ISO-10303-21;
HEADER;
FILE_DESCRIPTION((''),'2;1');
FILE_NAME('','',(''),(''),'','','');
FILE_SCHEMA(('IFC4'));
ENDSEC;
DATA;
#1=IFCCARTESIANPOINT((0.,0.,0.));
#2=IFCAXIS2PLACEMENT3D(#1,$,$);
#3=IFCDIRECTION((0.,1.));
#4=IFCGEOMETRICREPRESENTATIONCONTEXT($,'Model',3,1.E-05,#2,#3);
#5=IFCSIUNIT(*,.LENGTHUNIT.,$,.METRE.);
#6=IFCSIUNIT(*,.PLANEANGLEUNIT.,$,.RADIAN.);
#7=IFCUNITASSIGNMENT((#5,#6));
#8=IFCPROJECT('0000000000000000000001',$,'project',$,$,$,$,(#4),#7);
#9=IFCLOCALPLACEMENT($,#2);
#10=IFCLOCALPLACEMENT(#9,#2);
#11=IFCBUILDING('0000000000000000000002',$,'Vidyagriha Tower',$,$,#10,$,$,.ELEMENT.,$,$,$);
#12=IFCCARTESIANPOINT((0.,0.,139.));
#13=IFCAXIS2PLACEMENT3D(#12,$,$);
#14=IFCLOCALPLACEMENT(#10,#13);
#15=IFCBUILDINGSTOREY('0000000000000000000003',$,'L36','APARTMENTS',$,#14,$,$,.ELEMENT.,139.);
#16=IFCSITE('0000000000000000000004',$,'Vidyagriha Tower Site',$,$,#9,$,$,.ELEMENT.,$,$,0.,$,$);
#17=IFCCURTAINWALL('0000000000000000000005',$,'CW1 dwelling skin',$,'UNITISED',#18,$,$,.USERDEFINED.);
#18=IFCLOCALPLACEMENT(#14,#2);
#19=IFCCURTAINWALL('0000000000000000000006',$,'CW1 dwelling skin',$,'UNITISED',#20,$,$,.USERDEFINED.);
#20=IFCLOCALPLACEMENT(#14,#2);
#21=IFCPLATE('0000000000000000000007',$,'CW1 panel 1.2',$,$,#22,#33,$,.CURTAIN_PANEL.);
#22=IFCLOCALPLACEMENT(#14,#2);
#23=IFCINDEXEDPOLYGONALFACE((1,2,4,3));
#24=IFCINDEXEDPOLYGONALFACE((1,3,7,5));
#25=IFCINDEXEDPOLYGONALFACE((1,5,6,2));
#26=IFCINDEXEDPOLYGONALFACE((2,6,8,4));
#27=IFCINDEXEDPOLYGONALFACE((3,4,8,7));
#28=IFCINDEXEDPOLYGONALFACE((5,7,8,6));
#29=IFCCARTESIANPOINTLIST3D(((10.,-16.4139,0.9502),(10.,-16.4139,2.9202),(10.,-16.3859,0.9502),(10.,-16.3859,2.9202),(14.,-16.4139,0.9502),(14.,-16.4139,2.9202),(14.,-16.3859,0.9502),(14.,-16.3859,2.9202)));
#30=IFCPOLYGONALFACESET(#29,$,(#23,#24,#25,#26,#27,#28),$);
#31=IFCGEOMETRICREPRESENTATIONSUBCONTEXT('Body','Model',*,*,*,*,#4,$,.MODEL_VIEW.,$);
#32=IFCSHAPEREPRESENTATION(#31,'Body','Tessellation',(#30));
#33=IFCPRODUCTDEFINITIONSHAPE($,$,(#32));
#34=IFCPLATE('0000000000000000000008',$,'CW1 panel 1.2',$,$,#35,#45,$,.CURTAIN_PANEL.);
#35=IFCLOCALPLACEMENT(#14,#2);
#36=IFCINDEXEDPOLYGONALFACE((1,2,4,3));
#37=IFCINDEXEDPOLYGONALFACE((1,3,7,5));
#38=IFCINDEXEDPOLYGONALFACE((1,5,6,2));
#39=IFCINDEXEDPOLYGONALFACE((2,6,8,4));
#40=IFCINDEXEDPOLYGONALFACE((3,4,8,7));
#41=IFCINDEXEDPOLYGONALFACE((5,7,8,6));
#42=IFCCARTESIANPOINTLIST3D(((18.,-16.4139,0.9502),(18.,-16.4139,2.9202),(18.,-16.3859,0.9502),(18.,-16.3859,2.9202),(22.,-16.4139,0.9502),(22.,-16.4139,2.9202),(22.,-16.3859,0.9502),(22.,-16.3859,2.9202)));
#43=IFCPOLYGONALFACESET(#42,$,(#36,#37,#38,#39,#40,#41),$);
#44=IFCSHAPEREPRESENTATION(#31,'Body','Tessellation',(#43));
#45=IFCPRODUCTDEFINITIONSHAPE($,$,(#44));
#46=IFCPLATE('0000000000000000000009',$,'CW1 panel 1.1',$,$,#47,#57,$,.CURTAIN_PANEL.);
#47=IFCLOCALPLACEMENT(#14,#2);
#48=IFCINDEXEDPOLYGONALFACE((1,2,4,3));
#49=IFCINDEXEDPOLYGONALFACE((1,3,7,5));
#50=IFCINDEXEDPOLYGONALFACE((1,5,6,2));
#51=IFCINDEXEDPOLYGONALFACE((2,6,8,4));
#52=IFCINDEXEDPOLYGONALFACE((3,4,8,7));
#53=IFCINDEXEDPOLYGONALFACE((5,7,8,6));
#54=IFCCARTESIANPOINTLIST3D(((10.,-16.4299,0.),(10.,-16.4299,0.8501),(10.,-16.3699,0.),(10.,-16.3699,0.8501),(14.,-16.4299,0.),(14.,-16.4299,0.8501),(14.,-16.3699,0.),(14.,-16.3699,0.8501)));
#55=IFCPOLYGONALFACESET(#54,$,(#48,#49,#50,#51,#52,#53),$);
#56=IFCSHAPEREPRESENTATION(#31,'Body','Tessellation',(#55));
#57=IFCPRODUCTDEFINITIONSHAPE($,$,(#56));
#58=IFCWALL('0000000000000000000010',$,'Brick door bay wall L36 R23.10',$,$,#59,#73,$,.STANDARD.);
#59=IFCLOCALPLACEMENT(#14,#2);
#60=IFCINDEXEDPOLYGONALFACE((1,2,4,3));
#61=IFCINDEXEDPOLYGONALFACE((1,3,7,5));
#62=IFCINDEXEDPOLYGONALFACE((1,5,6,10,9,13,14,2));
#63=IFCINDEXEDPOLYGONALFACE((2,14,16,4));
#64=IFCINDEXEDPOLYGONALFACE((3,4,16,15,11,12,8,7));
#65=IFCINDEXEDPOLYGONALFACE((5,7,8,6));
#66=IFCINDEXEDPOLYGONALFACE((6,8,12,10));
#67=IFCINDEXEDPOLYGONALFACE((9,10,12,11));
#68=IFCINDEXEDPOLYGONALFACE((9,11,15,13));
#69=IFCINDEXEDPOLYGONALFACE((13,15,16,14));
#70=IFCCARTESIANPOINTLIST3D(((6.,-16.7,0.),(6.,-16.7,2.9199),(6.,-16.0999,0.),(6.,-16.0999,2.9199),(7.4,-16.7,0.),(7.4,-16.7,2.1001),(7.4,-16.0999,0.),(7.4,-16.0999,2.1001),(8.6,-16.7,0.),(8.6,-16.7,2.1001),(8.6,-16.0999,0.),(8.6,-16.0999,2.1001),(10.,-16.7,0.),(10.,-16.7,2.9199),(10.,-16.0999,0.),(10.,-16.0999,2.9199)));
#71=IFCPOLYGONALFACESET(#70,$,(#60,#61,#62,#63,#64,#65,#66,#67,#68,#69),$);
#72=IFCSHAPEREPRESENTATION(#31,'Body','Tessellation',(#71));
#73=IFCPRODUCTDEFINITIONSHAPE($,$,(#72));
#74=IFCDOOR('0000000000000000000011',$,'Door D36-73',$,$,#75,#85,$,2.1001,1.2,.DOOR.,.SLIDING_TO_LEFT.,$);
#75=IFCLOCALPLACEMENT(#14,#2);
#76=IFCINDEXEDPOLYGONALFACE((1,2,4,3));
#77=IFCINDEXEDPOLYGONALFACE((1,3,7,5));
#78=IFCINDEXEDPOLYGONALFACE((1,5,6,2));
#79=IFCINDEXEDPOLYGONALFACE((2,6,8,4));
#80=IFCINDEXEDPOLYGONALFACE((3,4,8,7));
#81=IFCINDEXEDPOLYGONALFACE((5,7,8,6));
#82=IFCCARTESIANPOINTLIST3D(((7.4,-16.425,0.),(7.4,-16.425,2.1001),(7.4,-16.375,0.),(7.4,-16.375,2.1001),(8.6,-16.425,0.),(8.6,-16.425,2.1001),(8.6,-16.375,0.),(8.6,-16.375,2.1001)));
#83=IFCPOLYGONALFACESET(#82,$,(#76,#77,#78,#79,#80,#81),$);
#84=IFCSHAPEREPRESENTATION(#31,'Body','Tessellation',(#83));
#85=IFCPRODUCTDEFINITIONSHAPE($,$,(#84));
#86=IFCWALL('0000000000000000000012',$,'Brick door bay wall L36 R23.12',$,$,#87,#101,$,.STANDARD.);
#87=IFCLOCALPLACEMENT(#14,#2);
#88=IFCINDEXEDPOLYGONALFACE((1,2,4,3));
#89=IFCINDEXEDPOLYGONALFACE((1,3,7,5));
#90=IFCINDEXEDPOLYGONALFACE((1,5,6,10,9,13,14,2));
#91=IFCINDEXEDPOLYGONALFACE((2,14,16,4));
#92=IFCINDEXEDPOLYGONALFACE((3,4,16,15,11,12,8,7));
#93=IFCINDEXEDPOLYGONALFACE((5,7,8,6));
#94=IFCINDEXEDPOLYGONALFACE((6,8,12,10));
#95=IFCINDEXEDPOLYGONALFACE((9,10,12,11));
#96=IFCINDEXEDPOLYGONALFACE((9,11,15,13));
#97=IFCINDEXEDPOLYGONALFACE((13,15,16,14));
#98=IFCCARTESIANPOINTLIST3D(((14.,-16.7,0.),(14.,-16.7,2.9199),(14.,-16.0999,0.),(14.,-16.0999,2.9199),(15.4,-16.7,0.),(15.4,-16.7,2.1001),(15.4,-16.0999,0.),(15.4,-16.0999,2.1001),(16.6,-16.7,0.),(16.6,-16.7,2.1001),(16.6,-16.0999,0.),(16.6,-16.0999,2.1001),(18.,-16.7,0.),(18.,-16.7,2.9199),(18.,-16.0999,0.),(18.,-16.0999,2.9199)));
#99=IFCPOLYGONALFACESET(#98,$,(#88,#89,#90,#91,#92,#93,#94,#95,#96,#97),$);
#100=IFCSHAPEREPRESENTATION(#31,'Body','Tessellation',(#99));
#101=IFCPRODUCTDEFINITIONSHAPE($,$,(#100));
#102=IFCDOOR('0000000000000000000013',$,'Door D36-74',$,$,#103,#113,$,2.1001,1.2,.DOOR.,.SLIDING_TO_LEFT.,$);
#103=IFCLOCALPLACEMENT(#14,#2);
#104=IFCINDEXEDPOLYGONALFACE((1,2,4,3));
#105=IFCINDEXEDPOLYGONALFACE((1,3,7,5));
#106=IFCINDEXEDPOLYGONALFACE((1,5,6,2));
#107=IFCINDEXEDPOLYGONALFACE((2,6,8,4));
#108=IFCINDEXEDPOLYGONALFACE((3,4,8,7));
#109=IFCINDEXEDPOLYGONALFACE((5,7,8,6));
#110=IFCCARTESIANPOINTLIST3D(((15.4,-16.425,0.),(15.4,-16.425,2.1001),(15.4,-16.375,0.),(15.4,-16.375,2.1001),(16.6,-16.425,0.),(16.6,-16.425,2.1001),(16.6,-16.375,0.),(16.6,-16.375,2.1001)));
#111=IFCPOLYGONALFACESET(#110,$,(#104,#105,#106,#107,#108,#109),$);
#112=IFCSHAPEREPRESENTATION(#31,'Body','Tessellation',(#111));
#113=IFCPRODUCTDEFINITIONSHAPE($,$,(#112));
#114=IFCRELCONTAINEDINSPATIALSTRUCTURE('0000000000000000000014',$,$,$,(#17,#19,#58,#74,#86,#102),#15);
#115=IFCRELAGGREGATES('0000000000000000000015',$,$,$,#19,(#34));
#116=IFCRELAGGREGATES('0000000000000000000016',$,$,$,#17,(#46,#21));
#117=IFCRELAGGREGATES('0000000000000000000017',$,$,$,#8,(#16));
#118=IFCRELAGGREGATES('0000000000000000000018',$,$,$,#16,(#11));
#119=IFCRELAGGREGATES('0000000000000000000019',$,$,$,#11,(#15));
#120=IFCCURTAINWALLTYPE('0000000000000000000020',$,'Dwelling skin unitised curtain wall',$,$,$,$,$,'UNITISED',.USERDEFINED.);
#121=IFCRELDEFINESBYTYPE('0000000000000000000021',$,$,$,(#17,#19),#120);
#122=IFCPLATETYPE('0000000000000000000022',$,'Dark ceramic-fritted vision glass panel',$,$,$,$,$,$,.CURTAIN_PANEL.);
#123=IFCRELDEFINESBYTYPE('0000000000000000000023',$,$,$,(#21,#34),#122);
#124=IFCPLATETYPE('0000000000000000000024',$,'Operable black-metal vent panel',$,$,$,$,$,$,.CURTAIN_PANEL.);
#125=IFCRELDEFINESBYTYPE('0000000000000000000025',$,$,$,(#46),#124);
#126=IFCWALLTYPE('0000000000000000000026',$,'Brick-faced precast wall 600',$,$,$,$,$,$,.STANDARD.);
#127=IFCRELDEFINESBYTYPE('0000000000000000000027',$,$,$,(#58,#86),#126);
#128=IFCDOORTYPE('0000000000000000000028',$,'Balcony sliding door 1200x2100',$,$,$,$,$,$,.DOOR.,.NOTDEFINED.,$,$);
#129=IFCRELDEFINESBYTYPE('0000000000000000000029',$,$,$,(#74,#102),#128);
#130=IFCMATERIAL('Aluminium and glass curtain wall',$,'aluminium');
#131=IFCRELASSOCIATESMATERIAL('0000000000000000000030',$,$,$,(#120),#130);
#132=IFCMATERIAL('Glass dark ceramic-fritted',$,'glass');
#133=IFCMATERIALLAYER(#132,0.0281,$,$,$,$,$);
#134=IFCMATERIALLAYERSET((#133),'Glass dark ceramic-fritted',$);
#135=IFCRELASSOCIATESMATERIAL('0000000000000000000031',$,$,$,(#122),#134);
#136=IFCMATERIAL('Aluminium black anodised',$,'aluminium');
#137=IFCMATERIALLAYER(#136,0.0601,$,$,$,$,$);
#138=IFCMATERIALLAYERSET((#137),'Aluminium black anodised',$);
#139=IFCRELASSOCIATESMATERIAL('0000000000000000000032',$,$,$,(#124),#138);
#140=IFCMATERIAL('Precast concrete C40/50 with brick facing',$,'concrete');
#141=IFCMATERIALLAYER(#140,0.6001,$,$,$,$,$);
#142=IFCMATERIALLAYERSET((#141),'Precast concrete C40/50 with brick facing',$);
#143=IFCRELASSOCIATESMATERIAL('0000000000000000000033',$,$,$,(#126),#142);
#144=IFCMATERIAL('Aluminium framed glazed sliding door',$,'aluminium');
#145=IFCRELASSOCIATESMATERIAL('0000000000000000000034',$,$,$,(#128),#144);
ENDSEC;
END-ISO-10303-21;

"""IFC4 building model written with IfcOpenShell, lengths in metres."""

from ifc_helpers import new_model, si_unit, direction, frame, frame_2d, origin, origin_2d, place, context, subcontext, project, spatial, rectangle, extrude, material, layer, layer_set, type_object, element, fill, aggregate, save


model = new_model("IFC4")

# Units and contexts
model_context = context("Model", 3, precision=1e-05, world=origin(), true_north=direction((0.0, 1.0)))
body_context = subcontext(model_context, "Body", "Model", "MODEL_VIEW")
ifc_project = project(units=[si_unit("LENGTHUNIT", "METRE"), si_unit("PLANEANGLEUNIT", "RADIAN")], contexts=[model_context])

# Site, building, storey
site_placement = place(None, origin())
site = spatial("IfcSite", under=ifc_project, at=site_placement, Name="Vidyagriha Tower Site", CompositionType="ELEMENT", RefElevation=0.0)
building_placement = place(site_placement, origin())
building = spatial("IfcBuilding", under=site, at=building_placement, Name="Vidyagriha Tower", CompositionType="ELEMENT")
storey_placement = place(building_placement, frame((0.0, 0.0, 139.0)))
storey = spatial("IfcBuildingStorey", under=building, at=storey_placement, Name="L36", Description="APARTMENTS", CompositionType="ELEMENT", Elevation=139.0)

# Curtain walls
ifc_material_1 = material(Name="Aluminium and glass curtain wall", Category="aluminium")
curtain_wall_type = type_object("IfcCurtainWallType", Name="Dwelling skin unitised curtain wall", ElementType="UNITISED", PredefinedType="USERDEFINED", material=ifc_material_1)
curtain_wall_1_placement = place(storey_placement, origin())
curtain_wall_1 = element("IfcCurtainWall", 1, at=curtain_wall_1_placement, inside=storey, type_object=curtain_wall_type, Name="CW1 dwelling skin", ObjectType="UNITISED", PredefinedType="USERDEFINED")
curtain_wall_2_placement = place(storey_placement, origin())
curtain_wall_2 = element("IfcCurtainWall", 2, at=curtain_wall_2_placement, inside=storey, type_object=curtain_wall_type, Name="CW1 dwelling skin", ObjectType="UNITISED", PredefinedType="USERDEFINED")

# Plates
ifc_material_2 = material(Name="Glass dark ceramic-fritted", Category="glass")
ifc_layer_1 = layer(ifc_material_2, 0.0281)
ifc_layer_set_1 = layer_set([ifc_layer_1], Name="Glass dark ceramic-fritted")
plate_type_1 = type_object("IfcPlateType", Name="Dark ceramic-fritted vision glass panel", PredefinedType="CURTAIN_PANEL", material=ifc_layer_set_1)
plate_1_placement = place(storey_placement, frame((12.0, -16.3999, 0.9502)))
plate_1 = element("IfcPlate", 3, at=plate_1_placement, type_object=plate_type_1, Name="CW1 panel 1.2", PredefinedType="CURTAIN_PANEL", context=body_context, shape_type="SweptSolid", body=[
    extrude(rectangle(XDim=4.0, YDim=0.0281, at=origin_2d()), origin(), (0.0, 0.0, 1.0), 1.97),
])
plate_2_placement = place(storey_placement, frame((20.0, -16.3999, 0.9502)))
plate_2 = element("IfcPlate", 4, at=plate_2_placement, type_object=plate_type_1, Name="CW1 panel 1.2", PredefinedType="CURTAIN_PANEL", context=body_context, shape_type="SweptSolid", body=[
    extrude(rectangle(XDim=4.0, YDim=0.0281, at=origin_2d()), origin(), (0.0, 0.0, 1.0), 1.97),
])
aggregate(curtain_wall_2, [plate_2])
ifc_material_3 = material(Name="Aluminium black anodised", Category="aluminium")
ifc_layer_2 = layer(ifc_material_3, 0.0601)
ifc_layer_set_2 = layer_set([ifc_layer_2], Name="Aluminium black anodised")
plate_type_2 = type_object("IfcPlateType", Name="Operable black-metal vent panel", PredefinedType="CURTAIN_PANEL", material=ifc_layer_set_2)
plate_3_placement = place(storey_placement, frame((12.0, -16.3999, 0.0)))
plate_3 = element("IfcPlate", 5, at=plate_3_placement, type_object=plate_type_2, Name="CW1 panel 1.1", PredefinedType="CURTAIN_PANEL", context=body_context, shape_type="SweptSolid", body=[
    extrude(rectangle(XDim=4.0, YDim=0.0601, at=origin_2d()), origin(), (0.0, 0.0, 1.0), 0.8501),
])
aggregate(curtain_wall_1, [plate_3, plate_1])

# Walls, openings, doors
ifc_material_4 = material(Name="Precast concrete C40/50 with brick facing", Category="concrete")
ifc_layer_3 = layer(ifc_material_4, 0.6001)
ifc_layer_set_3 = layer_set([ifc_layer_3], Name="Precast concrete C40/50 with brick facing")
wall_type = type_object("IfcWallType", Name="Brick-faced precast wall 600", PredefinedType="STANDARD", material=ifc_layer_set_3)
wall_1_placement = place(storey_placement, frame((6.0, -16.3999, 0.0)))
wall_1 = element("IfcWall", 6, at=wall_1_placement, inside=storey, type_object=wall_type, Name="Brick door bay wall L36 R23.10", PredefinedType="STANDARD", context=body_context, shape_type="SweptSolid", body=[
    extrude(rectangle(XDim=4.0, YDim=0.6001, at=frame_2d((2.0, 0.0))), origin(), (0.0, 0.0, 1.0), 2.9199),
])
opening_1_placement = place(wall_1_placement, frame((1.3999, 0.0, 0.0)))
opening_1 = element("IfcOpeningElement", 7, at=opening_1_placement, cuts=wall_1, PredefinedType="OPENING", context=body_context, shape_type="SweptSolid", body=[
    extrude(rectangle(XDim=1.2, YDim=2.1001, at=frame_2d((0.6001, 1.05))), frame((0.0, 0.3101, 0.0), z_axis=(0.0, -1.0, 0.0), x_axis=(1.0, 0.0, 0.0)), (0.0, 0.0, 1.0), 0.6201),
])
ifc_material_5 = material(Name="Aluminium framed glazed sliding door", Category="aluminium")
door_type = type_object("IfcDoorType", Name="Balcony sliding door 1200x2100", OperationType="NOTDEFINED", PredefinedType="DOOR", material=ifc_material_5)
door_1_placement = place(opening_1_placement, origin())
door_1 = element("IfcDoor", 8, at=door_1_placement, inside=storey, type_object=door_type, Name="Door D36-73", OperationType="SLIDING_TO_LEFT", OverallHeight=2.1001, OverallWidth=1.2, PredefinedType="DOOR", context=body_context, shape_type="SweptSolid", body=[
    extrude(rectangle(XDim=1.2, YDim=2.1001, at=frame_2d((0.6001, 1.05))), frame((0.0, 0.0249, 0.0), z_axis=(0.0, -1.0, 0.0), x_axis=(1.0, 0.0, 0.0)), (0.0, 0.0, 1.0), 0.05),
])
fill(opening_1, door_1)
wall_2_placement = place(storey_placement, frame((14.0, -16.3999, 0.0)))
wall_2 = element("IfcWall", 9, at=wall_2_placement, inside=storey, type_object=wall_type, Name="Brick door bay wall L36 R23.12", PredefinedType="STANDARD", context=body_context, shape_type="SweptSolid", body=[
    extrude(rectangle(XDim=4.0, YDim=0.6001, at=frame_2d((2.0, 0.0))), origin(), (0.0, 0.0, 1.0), 2.9199),
])
opening_2_placement = place(wall_2_placement, frame((1.3999, 0.0, 0.0)))
opening_2 = element("IfcOpeningElement", 10, at=opening_2_placement, cuts=wall_2, PredefinedType="OPENING", context=body_context, shape_type="SweptSolid", body=[
    extrude(rectangle(XDim=1.2, YDim=2.1001, at=frame_2d((0.6001, 1.05))), frame((0.0, 0.3101, 0.0), z_axis=(0.0, -1.0, 0.0), x_axis=(1.0, 0.0, 0.0)), (0.0, 0.0, 1.0), 0.6201),
])
door_2_placement = place(opening_2_placement, origin())
door_2 = element("IfcDoor", 11, at=door_2_placement, inside=storey, type_object=door_type, Name="Door D36-74", OperationType="SLIDING_TO_LEFT", OverallHeight=2.1001, OverallWidth=1.2, PredefinedType="DOOR", context=body_context, shape_type="SweptSolid", body=[
    extrude(rectangle(XDim=1.2, YDim=2.1001, at=frame_2d((0.6001, 1.05))), frame((0.0, 0.0249, 0.0), z_axis=(0.0, -1.0, 0.0), x_axis=(1.0, 0.0, 0.0)), (0.0, 0.0, 1.0), 0.05),
])
fill(opening_2, door_2)

save(model, "model.ifc")
